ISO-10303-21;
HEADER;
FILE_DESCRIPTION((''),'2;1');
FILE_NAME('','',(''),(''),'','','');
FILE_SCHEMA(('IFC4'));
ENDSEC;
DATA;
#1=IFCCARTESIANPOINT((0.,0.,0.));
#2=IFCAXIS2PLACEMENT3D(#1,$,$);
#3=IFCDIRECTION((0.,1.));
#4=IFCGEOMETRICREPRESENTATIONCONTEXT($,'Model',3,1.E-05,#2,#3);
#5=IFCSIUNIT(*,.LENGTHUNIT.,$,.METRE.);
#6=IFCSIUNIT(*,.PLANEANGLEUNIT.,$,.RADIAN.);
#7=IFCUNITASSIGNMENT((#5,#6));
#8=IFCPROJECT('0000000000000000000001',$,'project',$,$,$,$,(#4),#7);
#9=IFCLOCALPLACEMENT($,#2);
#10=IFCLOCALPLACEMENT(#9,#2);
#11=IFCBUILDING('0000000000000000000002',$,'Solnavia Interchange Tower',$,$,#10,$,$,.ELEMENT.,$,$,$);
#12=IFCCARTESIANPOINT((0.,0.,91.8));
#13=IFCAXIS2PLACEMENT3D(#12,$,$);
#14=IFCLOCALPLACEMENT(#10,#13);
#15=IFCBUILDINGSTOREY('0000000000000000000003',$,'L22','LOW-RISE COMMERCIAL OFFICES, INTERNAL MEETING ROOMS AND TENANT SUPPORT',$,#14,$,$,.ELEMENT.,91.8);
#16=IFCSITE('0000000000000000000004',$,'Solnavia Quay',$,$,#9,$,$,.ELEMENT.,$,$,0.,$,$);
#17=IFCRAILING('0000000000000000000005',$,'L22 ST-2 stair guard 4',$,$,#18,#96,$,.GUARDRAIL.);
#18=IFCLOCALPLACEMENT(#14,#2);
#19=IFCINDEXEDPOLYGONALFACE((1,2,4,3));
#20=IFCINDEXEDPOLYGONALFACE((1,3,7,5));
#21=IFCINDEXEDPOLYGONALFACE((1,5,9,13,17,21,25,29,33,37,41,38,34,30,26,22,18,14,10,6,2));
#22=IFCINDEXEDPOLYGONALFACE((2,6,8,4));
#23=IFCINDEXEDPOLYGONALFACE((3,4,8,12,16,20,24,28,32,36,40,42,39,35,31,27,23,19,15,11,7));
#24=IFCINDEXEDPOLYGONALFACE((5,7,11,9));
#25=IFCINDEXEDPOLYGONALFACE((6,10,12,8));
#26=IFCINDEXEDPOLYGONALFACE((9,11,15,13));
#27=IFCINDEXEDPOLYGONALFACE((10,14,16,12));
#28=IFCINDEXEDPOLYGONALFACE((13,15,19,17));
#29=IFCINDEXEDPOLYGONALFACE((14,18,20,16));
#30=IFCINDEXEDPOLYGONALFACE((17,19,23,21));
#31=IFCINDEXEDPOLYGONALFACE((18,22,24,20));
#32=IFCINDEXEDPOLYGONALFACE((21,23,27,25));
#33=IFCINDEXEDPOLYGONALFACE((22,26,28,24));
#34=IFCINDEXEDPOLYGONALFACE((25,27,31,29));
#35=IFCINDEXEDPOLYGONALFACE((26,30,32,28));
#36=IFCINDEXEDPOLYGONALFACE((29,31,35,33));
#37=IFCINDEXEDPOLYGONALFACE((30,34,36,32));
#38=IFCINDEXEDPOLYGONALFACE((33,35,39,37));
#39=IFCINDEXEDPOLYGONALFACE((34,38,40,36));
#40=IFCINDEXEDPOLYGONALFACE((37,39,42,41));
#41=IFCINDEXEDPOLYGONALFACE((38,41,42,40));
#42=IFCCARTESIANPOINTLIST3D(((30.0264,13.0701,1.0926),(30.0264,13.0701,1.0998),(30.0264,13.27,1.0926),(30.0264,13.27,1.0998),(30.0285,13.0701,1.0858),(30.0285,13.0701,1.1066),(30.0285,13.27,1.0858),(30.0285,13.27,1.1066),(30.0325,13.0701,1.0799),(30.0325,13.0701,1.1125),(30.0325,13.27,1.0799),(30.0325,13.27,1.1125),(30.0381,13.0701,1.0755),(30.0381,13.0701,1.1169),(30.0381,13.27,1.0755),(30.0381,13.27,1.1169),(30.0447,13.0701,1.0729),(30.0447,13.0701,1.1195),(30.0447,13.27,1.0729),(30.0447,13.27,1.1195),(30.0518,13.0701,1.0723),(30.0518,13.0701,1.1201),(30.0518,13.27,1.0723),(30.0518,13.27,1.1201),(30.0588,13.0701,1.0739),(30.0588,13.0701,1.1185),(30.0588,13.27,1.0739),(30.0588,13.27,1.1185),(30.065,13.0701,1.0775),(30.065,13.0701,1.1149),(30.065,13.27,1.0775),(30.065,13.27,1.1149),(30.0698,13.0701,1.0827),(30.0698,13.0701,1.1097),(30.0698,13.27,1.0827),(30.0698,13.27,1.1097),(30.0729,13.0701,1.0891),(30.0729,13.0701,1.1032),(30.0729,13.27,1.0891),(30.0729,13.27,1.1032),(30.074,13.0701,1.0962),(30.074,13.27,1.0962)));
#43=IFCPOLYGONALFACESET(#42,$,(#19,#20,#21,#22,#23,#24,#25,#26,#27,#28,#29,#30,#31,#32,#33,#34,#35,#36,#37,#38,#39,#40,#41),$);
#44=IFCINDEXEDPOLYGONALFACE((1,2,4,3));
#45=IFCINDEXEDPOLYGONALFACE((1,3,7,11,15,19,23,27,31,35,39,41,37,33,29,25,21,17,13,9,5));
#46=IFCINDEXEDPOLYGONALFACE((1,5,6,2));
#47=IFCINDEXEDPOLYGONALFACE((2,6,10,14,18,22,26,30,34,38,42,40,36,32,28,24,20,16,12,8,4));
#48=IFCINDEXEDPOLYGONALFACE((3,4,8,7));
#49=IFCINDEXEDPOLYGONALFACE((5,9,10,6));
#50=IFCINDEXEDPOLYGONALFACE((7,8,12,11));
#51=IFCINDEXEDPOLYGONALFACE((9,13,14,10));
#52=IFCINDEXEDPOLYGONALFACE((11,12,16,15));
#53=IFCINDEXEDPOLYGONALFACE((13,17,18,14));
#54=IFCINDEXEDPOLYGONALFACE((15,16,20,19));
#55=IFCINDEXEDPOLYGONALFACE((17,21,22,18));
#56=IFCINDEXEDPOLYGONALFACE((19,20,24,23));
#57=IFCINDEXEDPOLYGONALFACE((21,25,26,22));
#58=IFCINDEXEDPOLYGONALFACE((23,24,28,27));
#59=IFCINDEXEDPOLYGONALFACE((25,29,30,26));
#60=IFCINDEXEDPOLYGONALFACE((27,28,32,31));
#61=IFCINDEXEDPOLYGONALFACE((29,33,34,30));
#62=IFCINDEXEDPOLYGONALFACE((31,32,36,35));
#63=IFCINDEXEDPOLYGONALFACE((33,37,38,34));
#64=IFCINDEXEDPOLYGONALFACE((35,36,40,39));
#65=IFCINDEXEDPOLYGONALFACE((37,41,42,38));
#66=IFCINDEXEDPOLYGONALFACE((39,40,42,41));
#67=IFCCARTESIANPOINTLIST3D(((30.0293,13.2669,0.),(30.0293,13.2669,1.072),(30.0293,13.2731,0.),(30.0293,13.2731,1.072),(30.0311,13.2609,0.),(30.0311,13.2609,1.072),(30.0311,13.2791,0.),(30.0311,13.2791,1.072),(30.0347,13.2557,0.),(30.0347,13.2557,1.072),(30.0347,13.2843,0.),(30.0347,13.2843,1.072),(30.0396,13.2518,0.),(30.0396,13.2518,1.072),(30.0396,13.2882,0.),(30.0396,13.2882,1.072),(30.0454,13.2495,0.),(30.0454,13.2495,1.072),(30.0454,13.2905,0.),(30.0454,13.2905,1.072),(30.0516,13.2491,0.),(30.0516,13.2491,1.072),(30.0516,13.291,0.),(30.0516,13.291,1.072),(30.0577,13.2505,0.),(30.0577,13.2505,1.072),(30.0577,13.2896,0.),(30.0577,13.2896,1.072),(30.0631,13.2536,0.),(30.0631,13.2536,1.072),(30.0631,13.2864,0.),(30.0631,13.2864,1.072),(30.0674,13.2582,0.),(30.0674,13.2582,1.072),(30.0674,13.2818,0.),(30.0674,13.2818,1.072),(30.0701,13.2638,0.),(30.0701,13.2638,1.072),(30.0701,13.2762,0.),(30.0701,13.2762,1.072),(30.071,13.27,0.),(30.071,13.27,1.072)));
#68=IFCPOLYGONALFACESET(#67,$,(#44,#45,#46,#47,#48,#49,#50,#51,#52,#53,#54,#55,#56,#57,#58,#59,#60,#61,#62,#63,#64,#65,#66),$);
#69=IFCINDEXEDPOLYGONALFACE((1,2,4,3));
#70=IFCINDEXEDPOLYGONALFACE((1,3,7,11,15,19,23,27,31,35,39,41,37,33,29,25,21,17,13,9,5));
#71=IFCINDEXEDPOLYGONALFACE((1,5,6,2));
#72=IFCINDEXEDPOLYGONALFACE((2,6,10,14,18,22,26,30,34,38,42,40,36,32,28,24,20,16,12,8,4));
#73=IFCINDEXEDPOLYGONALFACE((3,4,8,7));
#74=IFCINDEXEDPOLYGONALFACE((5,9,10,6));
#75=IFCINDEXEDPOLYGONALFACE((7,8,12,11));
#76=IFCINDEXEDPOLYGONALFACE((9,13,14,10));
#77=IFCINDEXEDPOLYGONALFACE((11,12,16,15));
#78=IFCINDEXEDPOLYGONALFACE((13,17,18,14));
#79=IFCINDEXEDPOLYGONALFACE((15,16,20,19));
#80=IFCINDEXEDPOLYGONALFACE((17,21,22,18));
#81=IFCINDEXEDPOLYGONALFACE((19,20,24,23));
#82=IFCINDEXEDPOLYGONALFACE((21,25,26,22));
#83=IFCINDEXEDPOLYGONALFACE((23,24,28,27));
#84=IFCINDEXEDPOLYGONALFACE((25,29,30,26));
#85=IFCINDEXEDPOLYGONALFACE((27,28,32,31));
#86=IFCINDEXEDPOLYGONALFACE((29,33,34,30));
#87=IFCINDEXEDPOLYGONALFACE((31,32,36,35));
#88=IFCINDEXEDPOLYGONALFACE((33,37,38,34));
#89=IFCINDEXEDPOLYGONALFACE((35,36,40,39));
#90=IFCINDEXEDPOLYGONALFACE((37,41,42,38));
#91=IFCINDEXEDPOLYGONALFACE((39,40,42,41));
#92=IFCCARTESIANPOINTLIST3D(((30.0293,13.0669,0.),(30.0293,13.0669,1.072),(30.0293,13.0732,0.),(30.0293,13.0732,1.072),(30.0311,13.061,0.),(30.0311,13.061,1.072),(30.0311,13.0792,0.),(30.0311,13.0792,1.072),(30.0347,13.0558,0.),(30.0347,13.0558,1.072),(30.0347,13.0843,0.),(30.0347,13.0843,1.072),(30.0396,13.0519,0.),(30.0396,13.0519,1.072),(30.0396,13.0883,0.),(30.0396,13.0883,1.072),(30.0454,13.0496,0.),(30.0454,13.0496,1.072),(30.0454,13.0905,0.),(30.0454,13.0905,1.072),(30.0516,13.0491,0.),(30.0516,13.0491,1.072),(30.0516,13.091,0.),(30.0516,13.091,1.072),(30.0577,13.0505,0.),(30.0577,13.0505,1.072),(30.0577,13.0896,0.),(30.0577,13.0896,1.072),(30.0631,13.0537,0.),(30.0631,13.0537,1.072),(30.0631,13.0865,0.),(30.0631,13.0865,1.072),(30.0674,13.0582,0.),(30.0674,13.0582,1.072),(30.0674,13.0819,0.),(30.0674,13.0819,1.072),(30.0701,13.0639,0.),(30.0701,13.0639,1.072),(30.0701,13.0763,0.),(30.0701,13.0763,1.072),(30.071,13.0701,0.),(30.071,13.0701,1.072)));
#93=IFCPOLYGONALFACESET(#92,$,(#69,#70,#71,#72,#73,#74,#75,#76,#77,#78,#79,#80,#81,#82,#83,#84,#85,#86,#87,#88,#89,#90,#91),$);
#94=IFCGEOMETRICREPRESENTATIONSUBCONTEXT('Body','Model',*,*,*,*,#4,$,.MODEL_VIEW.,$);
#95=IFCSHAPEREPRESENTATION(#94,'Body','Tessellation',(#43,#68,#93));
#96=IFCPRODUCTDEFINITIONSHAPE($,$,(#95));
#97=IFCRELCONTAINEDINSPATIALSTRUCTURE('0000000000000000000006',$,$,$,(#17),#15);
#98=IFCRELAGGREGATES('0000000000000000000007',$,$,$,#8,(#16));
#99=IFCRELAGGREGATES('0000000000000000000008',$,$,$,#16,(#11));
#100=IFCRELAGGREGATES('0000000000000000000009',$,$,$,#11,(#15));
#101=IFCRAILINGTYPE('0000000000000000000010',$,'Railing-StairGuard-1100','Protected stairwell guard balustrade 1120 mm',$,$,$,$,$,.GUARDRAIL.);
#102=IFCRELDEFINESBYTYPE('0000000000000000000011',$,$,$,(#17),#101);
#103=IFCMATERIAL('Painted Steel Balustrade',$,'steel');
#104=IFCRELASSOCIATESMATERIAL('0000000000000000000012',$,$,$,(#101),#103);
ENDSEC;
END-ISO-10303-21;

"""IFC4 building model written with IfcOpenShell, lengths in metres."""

from ifc_helpers import new_model, si_unit, direction, frame, origin, origin_2d, place, context, subcontext, project, spatial, circle, extrude, material, type_object, element, save


model = new_model("IFC4")

# Units and contexts
model_context = context("Model", 3, precision=1e-05, world=origin(), true_north=direction((0.0, 1.0)))
body_context = subcontext(model_context, "Body", "Model", "MODEL_VIEW")
ifc_project = project(units=[si_unit("LENGTHUNIT", "METRE"), si_unit("PLANEANGLEUNIT", "RADIAN")], contexts=[model_context])

# Site, building, storey
site_placement = place(None, origin())
site = spatial("IfcSite", under=ifc_project, at=site_placement, Name="Solnavia Quay", CompositionType="ELEMENT", RefElevation=0.0)
building_placement = place(site_placement, origin())
building = spatial("IfcBuilding", under=site, at=building_placement, Name="Solnavia Interchange Tower", CompositionType="ELEMENT")
storey_placement = place(building_placement, frame((0.0, 0.0, 91.8)))
storey = spatial("IfcBuildingStorey", under=building, at=storey_placement, Name="L22", Description="LOW-RISE COMMERCIAL OFFICES, INTERNAL MEETING ROOMS AND TENANT SUPPORT", CompositionType="ELEMENT", Elevation=91.8)

# Railing
ifc_material_1 = material(Name="Painted Steel Balustrade", Category="steel")
railing_type_1 = type_object("IfcRailingType", Name="Railing-StairGuard-1100", Description="Protected stairwell guard balustrade 1120 mm", PredefinedType="GUARDRAIL", material=ifc_material_1)
railing_1_placement = place(storey_placement, frame((30.05, 13.27, 0.0)))
element("IfcRailing", 1, at=railing_1_placement, inside=storey, type_object=railing_type_1, Name="L22 ST-2 stair guard 4", PredefinedType="GUARDRAIL", context=body_context, shape_type="SweptSolid", body=[
    extrude(circle(Radius=0.0239, at=origin_2d()), frame((0.0, 0.0, 1.0962), z_axis=(0.0, -1.0, 0.0), x_axis=(1.0, 0.0, 0.0)), (0.0, 0.0, 1.0), 0.2),
    extrude(circle(Radius=0.021, at=origin_2d()), origin(), (0.0, 0.0, 1.0), 1.072),
    extrude(circle(Radius=0.021, at=origin_2d()), frame((0.0, -0.2, 0.0)), (0.0, 0.0, 1.0), 1.072),
])

save(model, "model.ifc")
